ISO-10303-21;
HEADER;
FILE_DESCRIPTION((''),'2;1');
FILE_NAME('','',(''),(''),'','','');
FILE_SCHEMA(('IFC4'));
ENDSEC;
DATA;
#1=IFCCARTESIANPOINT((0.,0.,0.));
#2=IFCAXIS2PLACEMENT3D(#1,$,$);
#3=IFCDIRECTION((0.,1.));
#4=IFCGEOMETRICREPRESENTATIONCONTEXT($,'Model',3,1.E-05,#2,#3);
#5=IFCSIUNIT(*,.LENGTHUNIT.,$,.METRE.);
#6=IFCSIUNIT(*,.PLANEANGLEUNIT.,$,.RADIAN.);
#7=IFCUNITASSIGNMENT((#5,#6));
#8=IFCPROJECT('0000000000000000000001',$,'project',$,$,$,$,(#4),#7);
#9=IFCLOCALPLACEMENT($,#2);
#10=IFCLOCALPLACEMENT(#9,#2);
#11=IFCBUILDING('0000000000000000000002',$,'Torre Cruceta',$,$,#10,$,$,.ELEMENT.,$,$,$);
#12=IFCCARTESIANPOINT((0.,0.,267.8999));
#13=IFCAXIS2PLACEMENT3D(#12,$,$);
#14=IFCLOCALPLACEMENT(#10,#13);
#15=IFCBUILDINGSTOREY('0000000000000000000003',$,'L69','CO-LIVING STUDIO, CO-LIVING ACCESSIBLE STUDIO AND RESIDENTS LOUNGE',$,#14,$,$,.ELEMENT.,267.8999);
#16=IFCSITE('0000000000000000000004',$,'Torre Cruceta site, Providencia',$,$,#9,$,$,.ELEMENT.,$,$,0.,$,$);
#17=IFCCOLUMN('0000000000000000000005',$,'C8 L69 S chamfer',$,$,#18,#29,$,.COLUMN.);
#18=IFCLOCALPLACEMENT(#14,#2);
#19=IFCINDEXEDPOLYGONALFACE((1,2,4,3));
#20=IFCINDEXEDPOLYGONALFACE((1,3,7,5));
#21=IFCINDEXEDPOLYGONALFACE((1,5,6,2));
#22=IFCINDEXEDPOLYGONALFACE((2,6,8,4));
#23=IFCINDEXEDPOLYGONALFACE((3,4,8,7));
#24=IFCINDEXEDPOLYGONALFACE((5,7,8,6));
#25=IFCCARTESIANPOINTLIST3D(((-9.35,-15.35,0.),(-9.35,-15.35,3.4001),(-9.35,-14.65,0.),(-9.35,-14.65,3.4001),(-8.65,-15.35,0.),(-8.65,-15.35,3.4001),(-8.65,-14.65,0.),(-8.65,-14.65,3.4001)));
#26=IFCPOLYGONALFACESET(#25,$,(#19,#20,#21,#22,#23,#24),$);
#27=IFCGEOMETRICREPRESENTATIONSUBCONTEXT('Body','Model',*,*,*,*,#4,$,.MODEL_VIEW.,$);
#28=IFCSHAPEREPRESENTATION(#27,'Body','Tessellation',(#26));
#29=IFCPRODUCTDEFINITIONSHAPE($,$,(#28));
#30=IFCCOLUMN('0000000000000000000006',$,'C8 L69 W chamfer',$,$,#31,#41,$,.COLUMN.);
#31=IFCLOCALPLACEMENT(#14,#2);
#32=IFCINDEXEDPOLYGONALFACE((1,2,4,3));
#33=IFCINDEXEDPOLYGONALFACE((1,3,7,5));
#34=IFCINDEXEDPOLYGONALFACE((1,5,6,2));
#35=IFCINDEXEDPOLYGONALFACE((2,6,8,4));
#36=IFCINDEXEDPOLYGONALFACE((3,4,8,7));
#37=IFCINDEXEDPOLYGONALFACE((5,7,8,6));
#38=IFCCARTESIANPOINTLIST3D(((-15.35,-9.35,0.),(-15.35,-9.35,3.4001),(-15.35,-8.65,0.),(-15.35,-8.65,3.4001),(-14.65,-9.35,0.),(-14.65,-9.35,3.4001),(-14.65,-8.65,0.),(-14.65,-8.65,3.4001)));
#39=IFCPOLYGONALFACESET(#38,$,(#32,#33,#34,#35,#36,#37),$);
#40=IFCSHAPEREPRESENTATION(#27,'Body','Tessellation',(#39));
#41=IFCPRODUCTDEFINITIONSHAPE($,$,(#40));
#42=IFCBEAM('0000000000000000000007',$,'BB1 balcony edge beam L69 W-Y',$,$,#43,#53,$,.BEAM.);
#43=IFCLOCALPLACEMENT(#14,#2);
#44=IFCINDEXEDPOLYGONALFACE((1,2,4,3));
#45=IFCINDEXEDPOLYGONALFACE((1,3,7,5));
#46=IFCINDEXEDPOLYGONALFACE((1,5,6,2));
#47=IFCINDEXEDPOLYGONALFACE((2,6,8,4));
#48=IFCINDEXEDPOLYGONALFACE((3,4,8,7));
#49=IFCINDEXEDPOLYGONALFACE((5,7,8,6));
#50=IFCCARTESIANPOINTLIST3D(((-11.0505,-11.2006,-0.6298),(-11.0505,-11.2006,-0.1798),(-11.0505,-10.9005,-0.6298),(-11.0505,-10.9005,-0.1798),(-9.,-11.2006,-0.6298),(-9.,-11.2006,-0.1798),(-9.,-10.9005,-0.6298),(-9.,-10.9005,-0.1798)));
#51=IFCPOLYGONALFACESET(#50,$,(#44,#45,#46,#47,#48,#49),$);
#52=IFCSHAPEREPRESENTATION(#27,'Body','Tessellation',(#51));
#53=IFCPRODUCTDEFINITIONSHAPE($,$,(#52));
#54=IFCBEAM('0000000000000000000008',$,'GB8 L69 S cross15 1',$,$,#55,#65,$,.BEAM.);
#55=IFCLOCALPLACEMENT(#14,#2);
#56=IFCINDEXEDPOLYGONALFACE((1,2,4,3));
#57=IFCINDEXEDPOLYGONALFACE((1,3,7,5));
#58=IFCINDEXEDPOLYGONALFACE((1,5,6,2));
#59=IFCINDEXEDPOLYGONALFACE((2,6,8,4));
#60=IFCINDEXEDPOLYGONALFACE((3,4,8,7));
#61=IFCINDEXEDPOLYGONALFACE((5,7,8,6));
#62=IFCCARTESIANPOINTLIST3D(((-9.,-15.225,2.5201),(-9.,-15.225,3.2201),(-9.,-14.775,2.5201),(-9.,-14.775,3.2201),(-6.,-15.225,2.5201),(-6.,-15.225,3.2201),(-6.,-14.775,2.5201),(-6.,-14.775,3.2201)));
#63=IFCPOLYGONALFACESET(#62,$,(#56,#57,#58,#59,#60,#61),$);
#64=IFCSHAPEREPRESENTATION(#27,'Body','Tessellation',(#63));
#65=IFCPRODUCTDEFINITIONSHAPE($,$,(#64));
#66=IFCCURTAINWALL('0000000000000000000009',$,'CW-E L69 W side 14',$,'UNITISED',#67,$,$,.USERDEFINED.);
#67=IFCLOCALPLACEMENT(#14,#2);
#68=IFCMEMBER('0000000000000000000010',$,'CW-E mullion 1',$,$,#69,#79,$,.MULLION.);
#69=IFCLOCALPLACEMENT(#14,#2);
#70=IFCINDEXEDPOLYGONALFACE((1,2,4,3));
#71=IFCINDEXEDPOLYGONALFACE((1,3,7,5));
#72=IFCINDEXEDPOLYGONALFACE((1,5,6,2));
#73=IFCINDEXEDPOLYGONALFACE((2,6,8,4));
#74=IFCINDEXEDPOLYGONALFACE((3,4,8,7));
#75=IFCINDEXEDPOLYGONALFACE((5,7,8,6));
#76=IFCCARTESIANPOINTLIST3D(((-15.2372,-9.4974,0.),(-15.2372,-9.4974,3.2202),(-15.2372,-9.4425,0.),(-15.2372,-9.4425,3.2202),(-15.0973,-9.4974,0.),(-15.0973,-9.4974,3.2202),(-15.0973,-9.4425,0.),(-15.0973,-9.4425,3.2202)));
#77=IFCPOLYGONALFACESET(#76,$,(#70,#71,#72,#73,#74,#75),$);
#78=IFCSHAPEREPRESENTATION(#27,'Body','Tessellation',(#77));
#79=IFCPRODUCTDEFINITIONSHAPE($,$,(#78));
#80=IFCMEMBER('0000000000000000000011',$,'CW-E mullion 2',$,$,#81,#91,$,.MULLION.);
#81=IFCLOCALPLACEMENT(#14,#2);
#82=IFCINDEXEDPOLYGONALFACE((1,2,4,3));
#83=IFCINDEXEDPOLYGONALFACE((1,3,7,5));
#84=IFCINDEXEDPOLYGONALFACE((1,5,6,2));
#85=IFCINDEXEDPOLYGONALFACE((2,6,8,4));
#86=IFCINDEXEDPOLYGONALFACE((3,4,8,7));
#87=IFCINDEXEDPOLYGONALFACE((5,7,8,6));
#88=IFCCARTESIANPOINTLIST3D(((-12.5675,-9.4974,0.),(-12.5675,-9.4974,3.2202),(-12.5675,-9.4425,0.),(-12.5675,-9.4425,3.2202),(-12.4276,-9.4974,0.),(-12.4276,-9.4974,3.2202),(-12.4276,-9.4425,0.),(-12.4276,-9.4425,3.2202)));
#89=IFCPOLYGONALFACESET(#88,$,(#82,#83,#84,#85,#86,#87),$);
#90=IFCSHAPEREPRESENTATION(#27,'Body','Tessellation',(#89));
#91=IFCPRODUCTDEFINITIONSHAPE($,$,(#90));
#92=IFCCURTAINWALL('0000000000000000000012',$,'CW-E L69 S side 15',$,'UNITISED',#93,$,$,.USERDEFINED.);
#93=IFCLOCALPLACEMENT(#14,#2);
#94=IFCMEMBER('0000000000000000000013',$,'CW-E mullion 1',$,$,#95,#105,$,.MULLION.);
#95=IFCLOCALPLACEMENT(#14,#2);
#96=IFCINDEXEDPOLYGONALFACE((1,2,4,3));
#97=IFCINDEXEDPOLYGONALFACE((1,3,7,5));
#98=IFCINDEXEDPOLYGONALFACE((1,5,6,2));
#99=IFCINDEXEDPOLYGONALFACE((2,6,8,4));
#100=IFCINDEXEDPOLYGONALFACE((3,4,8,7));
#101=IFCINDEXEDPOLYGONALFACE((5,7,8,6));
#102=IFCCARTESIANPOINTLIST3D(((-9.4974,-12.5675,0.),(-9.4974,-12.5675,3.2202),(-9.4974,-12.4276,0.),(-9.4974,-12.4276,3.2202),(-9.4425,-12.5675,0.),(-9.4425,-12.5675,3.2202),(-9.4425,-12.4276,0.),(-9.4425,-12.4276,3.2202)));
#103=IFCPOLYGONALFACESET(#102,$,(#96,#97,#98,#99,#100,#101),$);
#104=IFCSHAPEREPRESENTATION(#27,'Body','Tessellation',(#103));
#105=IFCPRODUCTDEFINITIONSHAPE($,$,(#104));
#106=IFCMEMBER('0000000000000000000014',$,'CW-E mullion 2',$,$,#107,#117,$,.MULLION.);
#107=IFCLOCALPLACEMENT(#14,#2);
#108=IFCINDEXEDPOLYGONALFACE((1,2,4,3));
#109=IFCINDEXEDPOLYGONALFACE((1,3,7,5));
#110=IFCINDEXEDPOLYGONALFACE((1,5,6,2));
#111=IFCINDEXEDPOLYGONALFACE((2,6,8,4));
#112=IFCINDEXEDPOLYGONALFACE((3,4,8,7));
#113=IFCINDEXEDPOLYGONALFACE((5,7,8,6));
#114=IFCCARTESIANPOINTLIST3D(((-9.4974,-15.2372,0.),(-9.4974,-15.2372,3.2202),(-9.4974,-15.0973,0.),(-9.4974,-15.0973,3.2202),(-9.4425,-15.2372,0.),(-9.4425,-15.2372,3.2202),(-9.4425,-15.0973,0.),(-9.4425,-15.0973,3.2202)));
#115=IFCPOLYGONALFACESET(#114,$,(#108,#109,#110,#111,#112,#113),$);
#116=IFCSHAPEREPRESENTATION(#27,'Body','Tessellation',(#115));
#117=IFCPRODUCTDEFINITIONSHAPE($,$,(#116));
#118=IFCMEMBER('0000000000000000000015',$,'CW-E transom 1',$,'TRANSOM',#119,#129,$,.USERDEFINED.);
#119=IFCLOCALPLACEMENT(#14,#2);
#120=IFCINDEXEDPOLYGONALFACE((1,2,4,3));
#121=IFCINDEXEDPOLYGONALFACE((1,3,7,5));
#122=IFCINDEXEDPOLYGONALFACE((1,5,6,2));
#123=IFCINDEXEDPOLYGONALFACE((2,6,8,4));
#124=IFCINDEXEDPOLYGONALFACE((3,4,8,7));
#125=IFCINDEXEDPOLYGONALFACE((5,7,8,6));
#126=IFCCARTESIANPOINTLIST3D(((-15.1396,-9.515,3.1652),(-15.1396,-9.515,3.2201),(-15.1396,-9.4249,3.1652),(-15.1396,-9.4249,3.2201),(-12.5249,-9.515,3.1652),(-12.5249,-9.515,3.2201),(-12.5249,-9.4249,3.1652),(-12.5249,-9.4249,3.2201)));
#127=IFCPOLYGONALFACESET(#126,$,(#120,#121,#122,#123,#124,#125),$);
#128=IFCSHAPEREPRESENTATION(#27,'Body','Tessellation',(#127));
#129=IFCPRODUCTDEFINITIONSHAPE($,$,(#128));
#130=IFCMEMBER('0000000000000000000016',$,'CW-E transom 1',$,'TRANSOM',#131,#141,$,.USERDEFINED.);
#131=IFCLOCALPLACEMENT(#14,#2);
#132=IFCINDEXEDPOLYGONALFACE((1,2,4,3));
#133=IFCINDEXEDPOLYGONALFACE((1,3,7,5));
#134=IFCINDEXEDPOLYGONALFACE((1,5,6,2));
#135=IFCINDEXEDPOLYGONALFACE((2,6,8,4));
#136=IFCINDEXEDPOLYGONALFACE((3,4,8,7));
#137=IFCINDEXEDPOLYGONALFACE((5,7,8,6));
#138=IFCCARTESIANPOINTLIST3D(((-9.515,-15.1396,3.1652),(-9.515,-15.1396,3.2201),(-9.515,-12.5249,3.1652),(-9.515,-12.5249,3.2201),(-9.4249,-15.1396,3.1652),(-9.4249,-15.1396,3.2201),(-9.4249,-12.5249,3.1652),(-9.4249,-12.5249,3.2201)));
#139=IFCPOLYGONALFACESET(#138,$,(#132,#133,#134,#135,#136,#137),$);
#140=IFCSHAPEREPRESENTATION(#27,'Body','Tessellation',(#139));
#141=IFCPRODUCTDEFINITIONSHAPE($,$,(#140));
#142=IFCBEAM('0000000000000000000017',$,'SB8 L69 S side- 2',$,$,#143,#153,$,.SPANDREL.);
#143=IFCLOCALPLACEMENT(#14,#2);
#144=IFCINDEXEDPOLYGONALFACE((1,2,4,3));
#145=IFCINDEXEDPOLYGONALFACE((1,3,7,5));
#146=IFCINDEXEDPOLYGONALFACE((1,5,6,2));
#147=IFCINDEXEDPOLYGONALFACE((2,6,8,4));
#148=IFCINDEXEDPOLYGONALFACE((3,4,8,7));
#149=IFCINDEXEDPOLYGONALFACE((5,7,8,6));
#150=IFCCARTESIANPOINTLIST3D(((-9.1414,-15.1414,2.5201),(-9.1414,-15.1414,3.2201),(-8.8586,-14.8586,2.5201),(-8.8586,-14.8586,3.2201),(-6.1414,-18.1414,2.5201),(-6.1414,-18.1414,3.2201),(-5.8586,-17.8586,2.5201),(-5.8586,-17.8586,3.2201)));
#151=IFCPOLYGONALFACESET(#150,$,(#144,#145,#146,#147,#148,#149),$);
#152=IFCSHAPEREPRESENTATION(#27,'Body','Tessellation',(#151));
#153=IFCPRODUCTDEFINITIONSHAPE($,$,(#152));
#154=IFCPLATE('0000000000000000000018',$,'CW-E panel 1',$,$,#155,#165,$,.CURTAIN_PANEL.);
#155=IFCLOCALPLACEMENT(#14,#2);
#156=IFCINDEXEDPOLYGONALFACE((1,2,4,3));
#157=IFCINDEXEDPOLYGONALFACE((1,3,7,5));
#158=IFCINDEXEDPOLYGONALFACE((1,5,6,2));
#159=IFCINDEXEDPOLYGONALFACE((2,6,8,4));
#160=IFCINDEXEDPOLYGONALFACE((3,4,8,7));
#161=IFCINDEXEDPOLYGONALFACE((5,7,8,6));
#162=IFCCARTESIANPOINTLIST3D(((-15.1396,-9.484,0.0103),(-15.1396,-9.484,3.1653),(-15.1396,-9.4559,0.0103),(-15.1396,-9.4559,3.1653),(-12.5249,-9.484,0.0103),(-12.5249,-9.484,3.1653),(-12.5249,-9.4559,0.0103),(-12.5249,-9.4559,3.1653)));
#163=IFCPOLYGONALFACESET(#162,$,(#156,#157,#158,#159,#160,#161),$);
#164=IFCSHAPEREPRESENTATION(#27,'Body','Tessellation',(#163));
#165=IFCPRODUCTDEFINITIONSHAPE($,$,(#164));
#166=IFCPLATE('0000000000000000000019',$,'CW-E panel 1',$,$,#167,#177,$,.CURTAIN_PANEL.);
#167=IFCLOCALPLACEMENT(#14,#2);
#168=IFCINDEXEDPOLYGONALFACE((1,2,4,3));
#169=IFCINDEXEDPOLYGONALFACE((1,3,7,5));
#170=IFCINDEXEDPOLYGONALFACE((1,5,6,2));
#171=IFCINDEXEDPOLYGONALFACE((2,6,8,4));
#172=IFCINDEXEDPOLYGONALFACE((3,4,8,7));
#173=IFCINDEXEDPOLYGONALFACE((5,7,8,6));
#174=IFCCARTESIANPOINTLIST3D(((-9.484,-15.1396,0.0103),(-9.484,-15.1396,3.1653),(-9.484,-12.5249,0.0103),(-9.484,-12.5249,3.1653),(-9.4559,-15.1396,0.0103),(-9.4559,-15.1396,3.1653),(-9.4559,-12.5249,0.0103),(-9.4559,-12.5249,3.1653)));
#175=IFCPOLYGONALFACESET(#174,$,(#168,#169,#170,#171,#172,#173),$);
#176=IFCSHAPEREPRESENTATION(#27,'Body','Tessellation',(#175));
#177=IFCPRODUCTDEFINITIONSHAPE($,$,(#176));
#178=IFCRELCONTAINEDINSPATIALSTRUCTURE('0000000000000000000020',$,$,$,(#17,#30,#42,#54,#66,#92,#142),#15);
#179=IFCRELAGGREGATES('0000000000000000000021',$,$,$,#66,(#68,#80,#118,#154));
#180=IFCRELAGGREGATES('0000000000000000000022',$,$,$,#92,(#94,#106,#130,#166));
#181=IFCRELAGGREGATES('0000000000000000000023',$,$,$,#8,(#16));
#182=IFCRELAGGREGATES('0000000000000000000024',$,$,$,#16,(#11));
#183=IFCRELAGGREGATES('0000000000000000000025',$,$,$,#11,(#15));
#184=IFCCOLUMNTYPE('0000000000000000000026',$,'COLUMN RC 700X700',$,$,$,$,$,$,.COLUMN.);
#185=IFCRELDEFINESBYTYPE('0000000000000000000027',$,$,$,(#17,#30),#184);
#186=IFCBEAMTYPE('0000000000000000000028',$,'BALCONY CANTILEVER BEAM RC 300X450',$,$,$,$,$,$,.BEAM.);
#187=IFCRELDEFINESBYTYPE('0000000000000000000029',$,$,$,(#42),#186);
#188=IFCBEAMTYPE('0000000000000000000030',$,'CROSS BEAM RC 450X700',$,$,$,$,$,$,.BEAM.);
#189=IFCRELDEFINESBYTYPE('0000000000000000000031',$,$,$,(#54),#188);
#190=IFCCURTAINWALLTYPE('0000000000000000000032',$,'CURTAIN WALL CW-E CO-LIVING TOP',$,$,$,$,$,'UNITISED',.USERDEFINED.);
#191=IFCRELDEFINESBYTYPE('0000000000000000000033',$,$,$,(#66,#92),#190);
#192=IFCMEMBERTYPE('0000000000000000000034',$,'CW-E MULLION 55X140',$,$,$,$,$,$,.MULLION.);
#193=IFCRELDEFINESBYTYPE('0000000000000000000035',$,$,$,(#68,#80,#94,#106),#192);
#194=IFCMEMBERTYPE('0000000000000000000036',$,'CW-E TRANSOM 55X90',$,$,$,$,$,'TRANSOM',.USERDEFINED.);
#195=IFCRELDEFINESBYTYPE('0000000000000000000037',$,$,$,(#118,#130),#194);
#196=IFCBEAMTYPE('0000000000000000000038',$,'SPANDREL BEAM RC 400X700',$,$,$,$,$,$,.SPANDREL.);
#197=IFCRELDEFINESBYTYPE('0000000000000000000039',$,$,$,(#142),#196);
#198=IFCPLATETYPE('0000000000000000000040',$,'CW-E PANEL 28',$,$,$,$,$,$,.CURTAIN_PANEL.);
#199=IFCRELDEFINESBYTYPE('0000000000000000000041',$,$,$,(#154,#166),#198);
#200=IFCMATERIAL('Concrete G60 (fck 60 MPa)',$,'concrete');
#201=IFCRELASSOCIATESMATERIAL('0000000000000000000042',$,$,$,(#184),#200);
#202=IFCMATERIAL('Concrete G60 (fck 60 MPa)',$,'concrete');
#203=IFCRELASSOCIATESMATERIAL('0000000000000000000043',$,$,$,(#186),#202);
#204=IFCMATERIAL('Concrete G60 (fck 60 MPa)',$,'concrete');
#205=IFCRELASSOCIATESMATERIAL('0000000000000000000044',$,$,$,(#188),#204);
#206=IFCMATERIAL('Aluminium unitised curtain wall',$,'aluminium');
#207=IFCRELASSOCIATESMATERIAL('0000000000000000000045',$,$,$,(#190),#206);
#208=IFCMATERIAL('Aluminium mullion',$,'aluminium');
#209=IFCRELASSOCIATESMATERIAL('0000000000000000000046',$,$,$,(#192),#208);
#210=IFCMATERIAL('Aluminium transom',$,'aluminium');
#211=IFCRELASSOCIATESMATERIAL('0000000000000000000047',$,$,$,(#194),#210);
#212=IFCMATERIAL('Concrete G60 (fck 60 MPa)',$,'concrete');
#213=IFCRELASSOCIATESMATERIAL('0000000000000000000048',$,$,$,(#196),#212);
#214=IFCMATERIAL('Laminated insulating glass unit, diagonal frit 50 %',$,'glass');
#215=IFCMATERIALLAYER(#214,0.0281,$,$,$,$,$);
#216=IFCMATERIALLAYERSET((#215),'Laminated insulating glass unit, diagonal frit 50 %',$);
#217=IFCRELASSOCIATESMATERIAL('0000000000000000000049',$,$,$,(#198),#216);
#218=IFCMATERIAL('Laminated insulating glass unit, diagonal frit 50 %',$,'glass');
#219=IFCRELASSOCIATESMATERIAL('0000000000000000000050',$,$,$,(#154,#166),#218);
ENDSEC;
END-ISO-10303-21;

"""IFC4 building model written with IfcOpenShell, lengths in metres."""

from ifc_helpers import new_model, si_unit, direction, frame, origin, origin_2d, place, context, subcontext, project, spatial, rectangle, extrude, material, layer, layer_set, material_profile, profile_set, type_object, element, aggregate, save


model = new_model("IFC4")

# Units and contexts
model_context = context("Model", 3, precision=1e-05, world=origin(), true_north=direction((0.0, 1.0)))
body_context = subcontext(model_context, "Body", "Model", "MODEL_VIEW")
ifc_project = project(units=[si_unit("LENGTHUNIT", "METRE"), si_unit("PLANEANGLEUNIT", "RADIAN")], contexts=[model_context])

# Site, building, storey
site_placement = place(None, origin())
site = spatial("IfcSite", under=ifc_project, at=site_placement, Name="Torre Cruceta site, Providencia", CompositionType="ELEMENT", RefElevation=0.0)
building_placement = place(site_placement, origin())
building = spatial("IfcBuilding", under=site, at=building_placement, Name="Torre Cruceta", CompositionType="ELEMENT")
storey_placement = place(building_placement, frame((0.0, 0.0, 267.8999)))
storey = spatial("IfcBuildingStorey", under=building, at=storey_placement, Name="L69", Description="CO-LIVING STUDIO, CO-LIVING ACCESSIBLE STUDIO AND RESIDENTS LOUNGE", CompositionType="ELEMENT", Elevation=267.8999)

# Columns
ifc_material_1 = material(Name="Concrete G60 (fck 60 MPa)", Category="concrete")
ifc_material_profile_1 = material_profile(ifc_material_1, rectangle(XDim=0.7, YDim=0.7, at=origin_2d()), Name="RC 700X700")
ifc_profile_set_1 = profile_set([ifc_material_profile_1], Name="Concrete G60 (fck 60 MPa)")
column_type = type_object("IfcColumnType", Name="COLUMN RC 700X700", PredefinedType="COLUMN", material=ifc_profile_set_1)
for number, where, z_axis, x_axis, name in (
    (1, (-9.0, -15.0, 0.0), (0.0, 0.0, 1.0), (1.0, 0.0, 0.0), "C8 L69 S chamfer"),
    (2, (-15.0, -9.0, 0.0), (0.0, 0.0, 1.0), (1.0, 0.0, 0.0), "C8 L69 W chamfer"),
):
    element("IfcColumn", number, at=place(storey_placement, frame(where, z_axis=z_axis, x_axis=x_axis)), inside=storey, type_object=column_type, Name=name, PredefinedType="COLUMN", context=body_context, shape_type="SweptSolid", body=[
        extrude(rectangle(XDim=0.7, YDim=0.7, at=origin_2d()), origin(), (0.0, 0.0, 1.0), 3.4001),
    ])

# Beams
ifc_material_2 = material(Name="Concrete G60 (fck 60 MPa)", Category="concrete")
ifc_material_profile_2 = material_profile(ifc_material_2, rectangle(XDim=0.3, YDim=0.45, at=origin_2d()), Name="RC 300X450")
ifc_profile_set_2 = profile_set([ifc_material_profile_2], Name="Concrete G60 (fck 60 MPa)")
beam_type_1 = type_object("IfcBeamType", Name="BALCONY CANTILEVER BEAM RC 300X450", PredefinedType="BEAM", material=ifc_profile_set_2)
beam_1_placement = place(storey_placement, frame((-9.0, -11.0505, -0.4048), z_axis=(-1.0, 0.0, 0.0), x_axis=(0.0, -1.0, 0.0)))
element("IfcBeam", 3, at=beam_1_placement, inside=storey, type_object=beam_type_1, Name="BB1 balcony edge beam L69 W-Y", PredefinedType="BEAM", context=body_context, shape_type="SweptSolid", body=[
    extrude(rectangle(XDim=0.3, YDim=0.45, at=origin_2d()), origin(), (0.0, 0.0, 1.0), 2.0505),
])
ifc_material_3 = material(Name="Concrete G60 (fck 60 MPa)", Category="concrete")
ifc_material_profile_3 = material_profile(ifc_material_3, rectangle(XDim=0.45, YDim=0.7, at=origin_2d()), Name="RC 450X700")
ifc_profile_set_3 = profile_set([ifc_material_profile_3], Name="Concrete G60 (fck 60 MPa)")
beam_type_2 = type_object("IfcBeamType", Name="CROSS BEAM RC 450X700", PredefinedType="BEAM", material=ifc_profile_set_3)
beam_2_placement = place(storey_placement, frame((-9.0, -15.0, 2.8701), z_axis=(1.0, 0.0, 0.0), x_axis=(0.0, 1.0, 0.0)))
element("IfcBeam", 4, at=beam_2_placement, inside=storey, type_object=beam_type_2, Name="GB8 L69 S cross15 1", PredefinedType="BEAM", context=body_context, shape_type="SweptSolid", body=[
    extrude(rectangle(XDim=0.45, YDim=0.7, at=origin_2d()), origin(), (0.0, 0.0, 1.0), 3.0),
])

# Curtain walls, members
ifc_material_4 = material(Name="Aluminium unitised curtain wall", Category="aluminium")
curtain_wall_type = type_object("IfcCurtainWallType", Name="CURTAIN WALL CW-E CO-LIVING TOP", ElementType="UNITISED", PredefinedType="USERDEFINED", material=ifc_material_4)
curtain_wall_1_placement = place(storey_placement, origin())
curtain_wall_1 = element("IfcCurtainWall", 5, at=curtain_wall_1_placement, inside=storey, type_object=curtain_wall_type, Name="CW-E L69 W side 14", ObjectType="UNITISED", PredefinedType="USERDEFINED")
ifc_material_5 = material(Name="Aluminium mullion", Category="aluminium")
ifc_material_profile_4 = material_profile(ifc_material_5, rectangle(XDim=0.0549, YDim=0.1399, at=origin_2d()), Name="AL 55X140")
ifc_profile_set_4 = profile_set([ifc_material_profile_4], Name="Aluminium mullion")
member_type_1 = type_object("IfcMemberType", Name="CW-E MULLION 55X140", PredefinedType="MULLION", material=ifc_profile_set_4)
member_1_placement = place(storey_placement, frame((-15.1672, -9.47, 0.0), z_axis=(0.0, 0.0, 1.0), x_axis=(0.0, 1.0, 0.0)))
member_1 = element("IfcMember", 6, at=member_1_placement, type_object=member_type_1, Name="CW-E mullion 1", PredefinedType="MULLION", context=body_context, shape_type="SweptSolid", body=[
    extrude(rectangle(XDim=0.0549, YDim=0.1399, at=origin_2d()), origin(), (0.0, 0.0, 1.0), 3.2202),
])
member_2_placement = place(storey_placement, frame((-12.4976, -9.47, 0.0), z_axis=(0.0, 0.0, 1.0), x_axis=(0.0, 1.0, 0.0)))
member_2 = element("IfcMember", 7, at=member_2_placement, type_object=member_type_1, Name="CW-E mullion 2", PredefinedType="MULLION", context=body_context, shape_type="SweptSolid", body=[
    extrude(rectangle(XDim=0.0549, YDim=0.1399, at=origin_2d()), origin(), (0.0, 0.0, 1.0), 3.2202),
])
curtain_wall_2_placement = place(storey_placement, origin())
curtain_wall_2 = element("IfcCurtainWall", 8, at=curtain_wall_2_placement, inside=storey, type_object=curtain_wall_type, Name="CW-E L69 S side 15", ObjectType="UNITISED", PredefinedType="USERDEFINED")
member_3_placement = place(storey_placement, frame((-9.47, -12.4976, 0.0), z_axis=(0.0, 0.0, 1.0), x_axis=(1.0, 0.0, 0.0)))
member_3 = element("IfcMember", 9, at=member_3_placement, type_object=member_type_1, Name="CW-E mullion 1", PredefinedType="MULLION", context=body_context, shape_type="SweptSolid", body=[
    extrude(rectangle(XDim=0.0549, YDim=0.1399, at=origin_2d()), origin(), (0.0, 0.0, 1.0), 3.2202),
])
member_4_placement = place(storey_placement, frame((-9.47, -15.1672, 0.0), z_axis=(0.0, 0.0, 1.0), x_axis=(1.0, 0.0, 0.0)))
member_4 = element("IfcMember", 10, at=member_4_placement, type_object=member_type_1, Name="CW-E mullion 2", PredefinedType="MULLION", context=body_context, shape_type="SweptSolid", body=[
    extrude(rectangle(XDim=0.0549, YDim=0.1399, at=origin_2d()), origin(), (0.0, 0.0, 1.0), 3.2202),
])

# Members
ifc_material_6 = material(Name="Aluminium transom", Category="aluminium")
ifc_material_profile_5 = material_profile(ifc_material_6, rectangle(XDim=0.0901, YDim=0.0549, at=origin_2d()), Name="AL 90X55")
ifc_profile_set_5 = profile_set([ifc_material_profile_5], Name="Aluminium transom")
member_type_2 = type_object("IfcMemberType", Name="CW-E TRANSOM 55X90", ElementType="TRANSOM", PredefinedType="USERDEFINED", material=ifc_profile_set_5)
member_5_placement = place(storey_placement, frame((-15.1396, -9.47, 3.1926), z_axis=(1.0, 0.0, 0.0), x_axis=(0.0, 1.0, 0.0)))
member_5 = element("IfcMember", 11, at=member_5_placement, type_object=member_type_2, Name="CW-E transom 1", ObjectType="TRANSOM", PredefinedType="USERDEFINED", context=body_context, shape_type="SweptSolid", body=[
    extrude(rectangle(XDim=0.0901, YDim=0.0549, at=origin_2d()), origin(), (0.0, 0.0, 1.0), 2.6147),
])
member_6_placement = place(storey_placement, frame((-9.47, -12.5249, 3.1926), z_axis=(0.0, -1.0, 0.0), x_axis=(1.0, 0.0, 0.0)))
member_6 = element("IfcMember", 12, at=member_6_placement, type_object=member_type_2, Name="CW-E transom 1", ObjectType="TRANSOM", PredefinedType="USERDEFINED", context=body_context, shape_type="SweptSolid", body=[
    extrude(rectangle(XDim=0.0901, YDim=0.0549, at=origin_2d()), origin(), (0.0, 0.0, 1.0), 2.6147),
])

# Beam
ifc_material_7 = material(Name="Concrete G60 (fck 60 MPa)", Category="concrete")
ifc_material_profile_6 = material_profile(ifc_material_7, rectangle(XDim=0.3999, YDim=0.7, at=origin_2d()), Name="RC 400X700")
ifc_profile_set_6 = profile_set([ifc_material_profile_6], Name="Concrete G60 (fck 60 MPa)")
beam_type_3 = type_object("IfcBeamType", Name="SPANDREL BEAM RC 400X700", PredefinedType="SPANDREL", material=ifc_profile_set_6)
beam_3_placement = place(storey_placement, frame((-9.0, -15.0, 2.8701), z_axis=(0.707107, -0.707107, 0.0), x_axis=(0.707107, 0.707107, 0.0)))
element("IfcBeam", 13, at=beam_3_placement, inside=storey, type_object=beam_type_3, Name="SB8 L69 S side- 2", PredefinedType="SPANDREL", context=body_context, shape_type="SweptSolid", body=[
    extrude(rectangle(XDim=0.3999, YDim=0.7, at=origin_2d()), origin(), (0.0, 0.0, 1.0), 4.2427),
])

# Plates
ifc_material_8 = material(Name="Laminated insulating glass unit, diagonal frit 50 %", Category="glass")
ifc_material_9 = material(Name="Laminated insulating glass unit, diagonal frit 50 %", Category="glass")
ifc_layer_1 = layer(ifc_material_9, 0.0281)
ifc_layer_set_1 = layer_set([ifc_layer_1], Name="Laminated insulating glass unit, diagonal frit 50 %")
plate_type = type_object("IfcPlateType", Name="CW-E PANEL 28", PredefinedType="CURTAIN_PANEL", material=ifc_layer_set_1)
plate_1_placement = place(storey_placement, frame((-13.8323, -9.47, 0.0103), z_axis=(0.0, 0.0, 1.0), x_axis=(1.0, 0.0, 0.0)))
plate_1 = element("IfcPlate", 14, at=plate_1_placement, type_object=plate_type, material=ifc_material_8, Name="CW-E panel 1", PredefinedType="CURTAIN_PANEL", context=body_context, shape_type="SweptSolid", body=[
    extrude(rectangle(XDim=2.6147, YDim=0.0281, at=origin_2d()), origin(), (0.0, 0.0, 1.0), 3.155),
])
aggregate(curtain_wall_1, [member_1, member_2, member_5, plate_1])
plate_2_placement = place(storey_placement, frame((-9.47, -13.8323, 0.0103), z_axis=(0.0, 0.0, 1.0), x_axis=(0.0, -1.0, 0.0)))
plate_2 = element("IfcPlate", 15, at=plate_2_placement, type_object=plate_type, material=ifc_material_8, Name="CW-E panel 1", PredefinedType="CURTAIN_PANEL", context=body_context, shape_type="SweptSolid", body=[
    extrude(rectangle(XDim=2.6147, YDim=0.0281, at=origin_2d()), origin(), (0.0, 0.0, 1.0), 3.155),
])
aggregate(curtain_wall_2, [member_3, member_4, member_6, plate_2])

save(model, "model.ifc")
